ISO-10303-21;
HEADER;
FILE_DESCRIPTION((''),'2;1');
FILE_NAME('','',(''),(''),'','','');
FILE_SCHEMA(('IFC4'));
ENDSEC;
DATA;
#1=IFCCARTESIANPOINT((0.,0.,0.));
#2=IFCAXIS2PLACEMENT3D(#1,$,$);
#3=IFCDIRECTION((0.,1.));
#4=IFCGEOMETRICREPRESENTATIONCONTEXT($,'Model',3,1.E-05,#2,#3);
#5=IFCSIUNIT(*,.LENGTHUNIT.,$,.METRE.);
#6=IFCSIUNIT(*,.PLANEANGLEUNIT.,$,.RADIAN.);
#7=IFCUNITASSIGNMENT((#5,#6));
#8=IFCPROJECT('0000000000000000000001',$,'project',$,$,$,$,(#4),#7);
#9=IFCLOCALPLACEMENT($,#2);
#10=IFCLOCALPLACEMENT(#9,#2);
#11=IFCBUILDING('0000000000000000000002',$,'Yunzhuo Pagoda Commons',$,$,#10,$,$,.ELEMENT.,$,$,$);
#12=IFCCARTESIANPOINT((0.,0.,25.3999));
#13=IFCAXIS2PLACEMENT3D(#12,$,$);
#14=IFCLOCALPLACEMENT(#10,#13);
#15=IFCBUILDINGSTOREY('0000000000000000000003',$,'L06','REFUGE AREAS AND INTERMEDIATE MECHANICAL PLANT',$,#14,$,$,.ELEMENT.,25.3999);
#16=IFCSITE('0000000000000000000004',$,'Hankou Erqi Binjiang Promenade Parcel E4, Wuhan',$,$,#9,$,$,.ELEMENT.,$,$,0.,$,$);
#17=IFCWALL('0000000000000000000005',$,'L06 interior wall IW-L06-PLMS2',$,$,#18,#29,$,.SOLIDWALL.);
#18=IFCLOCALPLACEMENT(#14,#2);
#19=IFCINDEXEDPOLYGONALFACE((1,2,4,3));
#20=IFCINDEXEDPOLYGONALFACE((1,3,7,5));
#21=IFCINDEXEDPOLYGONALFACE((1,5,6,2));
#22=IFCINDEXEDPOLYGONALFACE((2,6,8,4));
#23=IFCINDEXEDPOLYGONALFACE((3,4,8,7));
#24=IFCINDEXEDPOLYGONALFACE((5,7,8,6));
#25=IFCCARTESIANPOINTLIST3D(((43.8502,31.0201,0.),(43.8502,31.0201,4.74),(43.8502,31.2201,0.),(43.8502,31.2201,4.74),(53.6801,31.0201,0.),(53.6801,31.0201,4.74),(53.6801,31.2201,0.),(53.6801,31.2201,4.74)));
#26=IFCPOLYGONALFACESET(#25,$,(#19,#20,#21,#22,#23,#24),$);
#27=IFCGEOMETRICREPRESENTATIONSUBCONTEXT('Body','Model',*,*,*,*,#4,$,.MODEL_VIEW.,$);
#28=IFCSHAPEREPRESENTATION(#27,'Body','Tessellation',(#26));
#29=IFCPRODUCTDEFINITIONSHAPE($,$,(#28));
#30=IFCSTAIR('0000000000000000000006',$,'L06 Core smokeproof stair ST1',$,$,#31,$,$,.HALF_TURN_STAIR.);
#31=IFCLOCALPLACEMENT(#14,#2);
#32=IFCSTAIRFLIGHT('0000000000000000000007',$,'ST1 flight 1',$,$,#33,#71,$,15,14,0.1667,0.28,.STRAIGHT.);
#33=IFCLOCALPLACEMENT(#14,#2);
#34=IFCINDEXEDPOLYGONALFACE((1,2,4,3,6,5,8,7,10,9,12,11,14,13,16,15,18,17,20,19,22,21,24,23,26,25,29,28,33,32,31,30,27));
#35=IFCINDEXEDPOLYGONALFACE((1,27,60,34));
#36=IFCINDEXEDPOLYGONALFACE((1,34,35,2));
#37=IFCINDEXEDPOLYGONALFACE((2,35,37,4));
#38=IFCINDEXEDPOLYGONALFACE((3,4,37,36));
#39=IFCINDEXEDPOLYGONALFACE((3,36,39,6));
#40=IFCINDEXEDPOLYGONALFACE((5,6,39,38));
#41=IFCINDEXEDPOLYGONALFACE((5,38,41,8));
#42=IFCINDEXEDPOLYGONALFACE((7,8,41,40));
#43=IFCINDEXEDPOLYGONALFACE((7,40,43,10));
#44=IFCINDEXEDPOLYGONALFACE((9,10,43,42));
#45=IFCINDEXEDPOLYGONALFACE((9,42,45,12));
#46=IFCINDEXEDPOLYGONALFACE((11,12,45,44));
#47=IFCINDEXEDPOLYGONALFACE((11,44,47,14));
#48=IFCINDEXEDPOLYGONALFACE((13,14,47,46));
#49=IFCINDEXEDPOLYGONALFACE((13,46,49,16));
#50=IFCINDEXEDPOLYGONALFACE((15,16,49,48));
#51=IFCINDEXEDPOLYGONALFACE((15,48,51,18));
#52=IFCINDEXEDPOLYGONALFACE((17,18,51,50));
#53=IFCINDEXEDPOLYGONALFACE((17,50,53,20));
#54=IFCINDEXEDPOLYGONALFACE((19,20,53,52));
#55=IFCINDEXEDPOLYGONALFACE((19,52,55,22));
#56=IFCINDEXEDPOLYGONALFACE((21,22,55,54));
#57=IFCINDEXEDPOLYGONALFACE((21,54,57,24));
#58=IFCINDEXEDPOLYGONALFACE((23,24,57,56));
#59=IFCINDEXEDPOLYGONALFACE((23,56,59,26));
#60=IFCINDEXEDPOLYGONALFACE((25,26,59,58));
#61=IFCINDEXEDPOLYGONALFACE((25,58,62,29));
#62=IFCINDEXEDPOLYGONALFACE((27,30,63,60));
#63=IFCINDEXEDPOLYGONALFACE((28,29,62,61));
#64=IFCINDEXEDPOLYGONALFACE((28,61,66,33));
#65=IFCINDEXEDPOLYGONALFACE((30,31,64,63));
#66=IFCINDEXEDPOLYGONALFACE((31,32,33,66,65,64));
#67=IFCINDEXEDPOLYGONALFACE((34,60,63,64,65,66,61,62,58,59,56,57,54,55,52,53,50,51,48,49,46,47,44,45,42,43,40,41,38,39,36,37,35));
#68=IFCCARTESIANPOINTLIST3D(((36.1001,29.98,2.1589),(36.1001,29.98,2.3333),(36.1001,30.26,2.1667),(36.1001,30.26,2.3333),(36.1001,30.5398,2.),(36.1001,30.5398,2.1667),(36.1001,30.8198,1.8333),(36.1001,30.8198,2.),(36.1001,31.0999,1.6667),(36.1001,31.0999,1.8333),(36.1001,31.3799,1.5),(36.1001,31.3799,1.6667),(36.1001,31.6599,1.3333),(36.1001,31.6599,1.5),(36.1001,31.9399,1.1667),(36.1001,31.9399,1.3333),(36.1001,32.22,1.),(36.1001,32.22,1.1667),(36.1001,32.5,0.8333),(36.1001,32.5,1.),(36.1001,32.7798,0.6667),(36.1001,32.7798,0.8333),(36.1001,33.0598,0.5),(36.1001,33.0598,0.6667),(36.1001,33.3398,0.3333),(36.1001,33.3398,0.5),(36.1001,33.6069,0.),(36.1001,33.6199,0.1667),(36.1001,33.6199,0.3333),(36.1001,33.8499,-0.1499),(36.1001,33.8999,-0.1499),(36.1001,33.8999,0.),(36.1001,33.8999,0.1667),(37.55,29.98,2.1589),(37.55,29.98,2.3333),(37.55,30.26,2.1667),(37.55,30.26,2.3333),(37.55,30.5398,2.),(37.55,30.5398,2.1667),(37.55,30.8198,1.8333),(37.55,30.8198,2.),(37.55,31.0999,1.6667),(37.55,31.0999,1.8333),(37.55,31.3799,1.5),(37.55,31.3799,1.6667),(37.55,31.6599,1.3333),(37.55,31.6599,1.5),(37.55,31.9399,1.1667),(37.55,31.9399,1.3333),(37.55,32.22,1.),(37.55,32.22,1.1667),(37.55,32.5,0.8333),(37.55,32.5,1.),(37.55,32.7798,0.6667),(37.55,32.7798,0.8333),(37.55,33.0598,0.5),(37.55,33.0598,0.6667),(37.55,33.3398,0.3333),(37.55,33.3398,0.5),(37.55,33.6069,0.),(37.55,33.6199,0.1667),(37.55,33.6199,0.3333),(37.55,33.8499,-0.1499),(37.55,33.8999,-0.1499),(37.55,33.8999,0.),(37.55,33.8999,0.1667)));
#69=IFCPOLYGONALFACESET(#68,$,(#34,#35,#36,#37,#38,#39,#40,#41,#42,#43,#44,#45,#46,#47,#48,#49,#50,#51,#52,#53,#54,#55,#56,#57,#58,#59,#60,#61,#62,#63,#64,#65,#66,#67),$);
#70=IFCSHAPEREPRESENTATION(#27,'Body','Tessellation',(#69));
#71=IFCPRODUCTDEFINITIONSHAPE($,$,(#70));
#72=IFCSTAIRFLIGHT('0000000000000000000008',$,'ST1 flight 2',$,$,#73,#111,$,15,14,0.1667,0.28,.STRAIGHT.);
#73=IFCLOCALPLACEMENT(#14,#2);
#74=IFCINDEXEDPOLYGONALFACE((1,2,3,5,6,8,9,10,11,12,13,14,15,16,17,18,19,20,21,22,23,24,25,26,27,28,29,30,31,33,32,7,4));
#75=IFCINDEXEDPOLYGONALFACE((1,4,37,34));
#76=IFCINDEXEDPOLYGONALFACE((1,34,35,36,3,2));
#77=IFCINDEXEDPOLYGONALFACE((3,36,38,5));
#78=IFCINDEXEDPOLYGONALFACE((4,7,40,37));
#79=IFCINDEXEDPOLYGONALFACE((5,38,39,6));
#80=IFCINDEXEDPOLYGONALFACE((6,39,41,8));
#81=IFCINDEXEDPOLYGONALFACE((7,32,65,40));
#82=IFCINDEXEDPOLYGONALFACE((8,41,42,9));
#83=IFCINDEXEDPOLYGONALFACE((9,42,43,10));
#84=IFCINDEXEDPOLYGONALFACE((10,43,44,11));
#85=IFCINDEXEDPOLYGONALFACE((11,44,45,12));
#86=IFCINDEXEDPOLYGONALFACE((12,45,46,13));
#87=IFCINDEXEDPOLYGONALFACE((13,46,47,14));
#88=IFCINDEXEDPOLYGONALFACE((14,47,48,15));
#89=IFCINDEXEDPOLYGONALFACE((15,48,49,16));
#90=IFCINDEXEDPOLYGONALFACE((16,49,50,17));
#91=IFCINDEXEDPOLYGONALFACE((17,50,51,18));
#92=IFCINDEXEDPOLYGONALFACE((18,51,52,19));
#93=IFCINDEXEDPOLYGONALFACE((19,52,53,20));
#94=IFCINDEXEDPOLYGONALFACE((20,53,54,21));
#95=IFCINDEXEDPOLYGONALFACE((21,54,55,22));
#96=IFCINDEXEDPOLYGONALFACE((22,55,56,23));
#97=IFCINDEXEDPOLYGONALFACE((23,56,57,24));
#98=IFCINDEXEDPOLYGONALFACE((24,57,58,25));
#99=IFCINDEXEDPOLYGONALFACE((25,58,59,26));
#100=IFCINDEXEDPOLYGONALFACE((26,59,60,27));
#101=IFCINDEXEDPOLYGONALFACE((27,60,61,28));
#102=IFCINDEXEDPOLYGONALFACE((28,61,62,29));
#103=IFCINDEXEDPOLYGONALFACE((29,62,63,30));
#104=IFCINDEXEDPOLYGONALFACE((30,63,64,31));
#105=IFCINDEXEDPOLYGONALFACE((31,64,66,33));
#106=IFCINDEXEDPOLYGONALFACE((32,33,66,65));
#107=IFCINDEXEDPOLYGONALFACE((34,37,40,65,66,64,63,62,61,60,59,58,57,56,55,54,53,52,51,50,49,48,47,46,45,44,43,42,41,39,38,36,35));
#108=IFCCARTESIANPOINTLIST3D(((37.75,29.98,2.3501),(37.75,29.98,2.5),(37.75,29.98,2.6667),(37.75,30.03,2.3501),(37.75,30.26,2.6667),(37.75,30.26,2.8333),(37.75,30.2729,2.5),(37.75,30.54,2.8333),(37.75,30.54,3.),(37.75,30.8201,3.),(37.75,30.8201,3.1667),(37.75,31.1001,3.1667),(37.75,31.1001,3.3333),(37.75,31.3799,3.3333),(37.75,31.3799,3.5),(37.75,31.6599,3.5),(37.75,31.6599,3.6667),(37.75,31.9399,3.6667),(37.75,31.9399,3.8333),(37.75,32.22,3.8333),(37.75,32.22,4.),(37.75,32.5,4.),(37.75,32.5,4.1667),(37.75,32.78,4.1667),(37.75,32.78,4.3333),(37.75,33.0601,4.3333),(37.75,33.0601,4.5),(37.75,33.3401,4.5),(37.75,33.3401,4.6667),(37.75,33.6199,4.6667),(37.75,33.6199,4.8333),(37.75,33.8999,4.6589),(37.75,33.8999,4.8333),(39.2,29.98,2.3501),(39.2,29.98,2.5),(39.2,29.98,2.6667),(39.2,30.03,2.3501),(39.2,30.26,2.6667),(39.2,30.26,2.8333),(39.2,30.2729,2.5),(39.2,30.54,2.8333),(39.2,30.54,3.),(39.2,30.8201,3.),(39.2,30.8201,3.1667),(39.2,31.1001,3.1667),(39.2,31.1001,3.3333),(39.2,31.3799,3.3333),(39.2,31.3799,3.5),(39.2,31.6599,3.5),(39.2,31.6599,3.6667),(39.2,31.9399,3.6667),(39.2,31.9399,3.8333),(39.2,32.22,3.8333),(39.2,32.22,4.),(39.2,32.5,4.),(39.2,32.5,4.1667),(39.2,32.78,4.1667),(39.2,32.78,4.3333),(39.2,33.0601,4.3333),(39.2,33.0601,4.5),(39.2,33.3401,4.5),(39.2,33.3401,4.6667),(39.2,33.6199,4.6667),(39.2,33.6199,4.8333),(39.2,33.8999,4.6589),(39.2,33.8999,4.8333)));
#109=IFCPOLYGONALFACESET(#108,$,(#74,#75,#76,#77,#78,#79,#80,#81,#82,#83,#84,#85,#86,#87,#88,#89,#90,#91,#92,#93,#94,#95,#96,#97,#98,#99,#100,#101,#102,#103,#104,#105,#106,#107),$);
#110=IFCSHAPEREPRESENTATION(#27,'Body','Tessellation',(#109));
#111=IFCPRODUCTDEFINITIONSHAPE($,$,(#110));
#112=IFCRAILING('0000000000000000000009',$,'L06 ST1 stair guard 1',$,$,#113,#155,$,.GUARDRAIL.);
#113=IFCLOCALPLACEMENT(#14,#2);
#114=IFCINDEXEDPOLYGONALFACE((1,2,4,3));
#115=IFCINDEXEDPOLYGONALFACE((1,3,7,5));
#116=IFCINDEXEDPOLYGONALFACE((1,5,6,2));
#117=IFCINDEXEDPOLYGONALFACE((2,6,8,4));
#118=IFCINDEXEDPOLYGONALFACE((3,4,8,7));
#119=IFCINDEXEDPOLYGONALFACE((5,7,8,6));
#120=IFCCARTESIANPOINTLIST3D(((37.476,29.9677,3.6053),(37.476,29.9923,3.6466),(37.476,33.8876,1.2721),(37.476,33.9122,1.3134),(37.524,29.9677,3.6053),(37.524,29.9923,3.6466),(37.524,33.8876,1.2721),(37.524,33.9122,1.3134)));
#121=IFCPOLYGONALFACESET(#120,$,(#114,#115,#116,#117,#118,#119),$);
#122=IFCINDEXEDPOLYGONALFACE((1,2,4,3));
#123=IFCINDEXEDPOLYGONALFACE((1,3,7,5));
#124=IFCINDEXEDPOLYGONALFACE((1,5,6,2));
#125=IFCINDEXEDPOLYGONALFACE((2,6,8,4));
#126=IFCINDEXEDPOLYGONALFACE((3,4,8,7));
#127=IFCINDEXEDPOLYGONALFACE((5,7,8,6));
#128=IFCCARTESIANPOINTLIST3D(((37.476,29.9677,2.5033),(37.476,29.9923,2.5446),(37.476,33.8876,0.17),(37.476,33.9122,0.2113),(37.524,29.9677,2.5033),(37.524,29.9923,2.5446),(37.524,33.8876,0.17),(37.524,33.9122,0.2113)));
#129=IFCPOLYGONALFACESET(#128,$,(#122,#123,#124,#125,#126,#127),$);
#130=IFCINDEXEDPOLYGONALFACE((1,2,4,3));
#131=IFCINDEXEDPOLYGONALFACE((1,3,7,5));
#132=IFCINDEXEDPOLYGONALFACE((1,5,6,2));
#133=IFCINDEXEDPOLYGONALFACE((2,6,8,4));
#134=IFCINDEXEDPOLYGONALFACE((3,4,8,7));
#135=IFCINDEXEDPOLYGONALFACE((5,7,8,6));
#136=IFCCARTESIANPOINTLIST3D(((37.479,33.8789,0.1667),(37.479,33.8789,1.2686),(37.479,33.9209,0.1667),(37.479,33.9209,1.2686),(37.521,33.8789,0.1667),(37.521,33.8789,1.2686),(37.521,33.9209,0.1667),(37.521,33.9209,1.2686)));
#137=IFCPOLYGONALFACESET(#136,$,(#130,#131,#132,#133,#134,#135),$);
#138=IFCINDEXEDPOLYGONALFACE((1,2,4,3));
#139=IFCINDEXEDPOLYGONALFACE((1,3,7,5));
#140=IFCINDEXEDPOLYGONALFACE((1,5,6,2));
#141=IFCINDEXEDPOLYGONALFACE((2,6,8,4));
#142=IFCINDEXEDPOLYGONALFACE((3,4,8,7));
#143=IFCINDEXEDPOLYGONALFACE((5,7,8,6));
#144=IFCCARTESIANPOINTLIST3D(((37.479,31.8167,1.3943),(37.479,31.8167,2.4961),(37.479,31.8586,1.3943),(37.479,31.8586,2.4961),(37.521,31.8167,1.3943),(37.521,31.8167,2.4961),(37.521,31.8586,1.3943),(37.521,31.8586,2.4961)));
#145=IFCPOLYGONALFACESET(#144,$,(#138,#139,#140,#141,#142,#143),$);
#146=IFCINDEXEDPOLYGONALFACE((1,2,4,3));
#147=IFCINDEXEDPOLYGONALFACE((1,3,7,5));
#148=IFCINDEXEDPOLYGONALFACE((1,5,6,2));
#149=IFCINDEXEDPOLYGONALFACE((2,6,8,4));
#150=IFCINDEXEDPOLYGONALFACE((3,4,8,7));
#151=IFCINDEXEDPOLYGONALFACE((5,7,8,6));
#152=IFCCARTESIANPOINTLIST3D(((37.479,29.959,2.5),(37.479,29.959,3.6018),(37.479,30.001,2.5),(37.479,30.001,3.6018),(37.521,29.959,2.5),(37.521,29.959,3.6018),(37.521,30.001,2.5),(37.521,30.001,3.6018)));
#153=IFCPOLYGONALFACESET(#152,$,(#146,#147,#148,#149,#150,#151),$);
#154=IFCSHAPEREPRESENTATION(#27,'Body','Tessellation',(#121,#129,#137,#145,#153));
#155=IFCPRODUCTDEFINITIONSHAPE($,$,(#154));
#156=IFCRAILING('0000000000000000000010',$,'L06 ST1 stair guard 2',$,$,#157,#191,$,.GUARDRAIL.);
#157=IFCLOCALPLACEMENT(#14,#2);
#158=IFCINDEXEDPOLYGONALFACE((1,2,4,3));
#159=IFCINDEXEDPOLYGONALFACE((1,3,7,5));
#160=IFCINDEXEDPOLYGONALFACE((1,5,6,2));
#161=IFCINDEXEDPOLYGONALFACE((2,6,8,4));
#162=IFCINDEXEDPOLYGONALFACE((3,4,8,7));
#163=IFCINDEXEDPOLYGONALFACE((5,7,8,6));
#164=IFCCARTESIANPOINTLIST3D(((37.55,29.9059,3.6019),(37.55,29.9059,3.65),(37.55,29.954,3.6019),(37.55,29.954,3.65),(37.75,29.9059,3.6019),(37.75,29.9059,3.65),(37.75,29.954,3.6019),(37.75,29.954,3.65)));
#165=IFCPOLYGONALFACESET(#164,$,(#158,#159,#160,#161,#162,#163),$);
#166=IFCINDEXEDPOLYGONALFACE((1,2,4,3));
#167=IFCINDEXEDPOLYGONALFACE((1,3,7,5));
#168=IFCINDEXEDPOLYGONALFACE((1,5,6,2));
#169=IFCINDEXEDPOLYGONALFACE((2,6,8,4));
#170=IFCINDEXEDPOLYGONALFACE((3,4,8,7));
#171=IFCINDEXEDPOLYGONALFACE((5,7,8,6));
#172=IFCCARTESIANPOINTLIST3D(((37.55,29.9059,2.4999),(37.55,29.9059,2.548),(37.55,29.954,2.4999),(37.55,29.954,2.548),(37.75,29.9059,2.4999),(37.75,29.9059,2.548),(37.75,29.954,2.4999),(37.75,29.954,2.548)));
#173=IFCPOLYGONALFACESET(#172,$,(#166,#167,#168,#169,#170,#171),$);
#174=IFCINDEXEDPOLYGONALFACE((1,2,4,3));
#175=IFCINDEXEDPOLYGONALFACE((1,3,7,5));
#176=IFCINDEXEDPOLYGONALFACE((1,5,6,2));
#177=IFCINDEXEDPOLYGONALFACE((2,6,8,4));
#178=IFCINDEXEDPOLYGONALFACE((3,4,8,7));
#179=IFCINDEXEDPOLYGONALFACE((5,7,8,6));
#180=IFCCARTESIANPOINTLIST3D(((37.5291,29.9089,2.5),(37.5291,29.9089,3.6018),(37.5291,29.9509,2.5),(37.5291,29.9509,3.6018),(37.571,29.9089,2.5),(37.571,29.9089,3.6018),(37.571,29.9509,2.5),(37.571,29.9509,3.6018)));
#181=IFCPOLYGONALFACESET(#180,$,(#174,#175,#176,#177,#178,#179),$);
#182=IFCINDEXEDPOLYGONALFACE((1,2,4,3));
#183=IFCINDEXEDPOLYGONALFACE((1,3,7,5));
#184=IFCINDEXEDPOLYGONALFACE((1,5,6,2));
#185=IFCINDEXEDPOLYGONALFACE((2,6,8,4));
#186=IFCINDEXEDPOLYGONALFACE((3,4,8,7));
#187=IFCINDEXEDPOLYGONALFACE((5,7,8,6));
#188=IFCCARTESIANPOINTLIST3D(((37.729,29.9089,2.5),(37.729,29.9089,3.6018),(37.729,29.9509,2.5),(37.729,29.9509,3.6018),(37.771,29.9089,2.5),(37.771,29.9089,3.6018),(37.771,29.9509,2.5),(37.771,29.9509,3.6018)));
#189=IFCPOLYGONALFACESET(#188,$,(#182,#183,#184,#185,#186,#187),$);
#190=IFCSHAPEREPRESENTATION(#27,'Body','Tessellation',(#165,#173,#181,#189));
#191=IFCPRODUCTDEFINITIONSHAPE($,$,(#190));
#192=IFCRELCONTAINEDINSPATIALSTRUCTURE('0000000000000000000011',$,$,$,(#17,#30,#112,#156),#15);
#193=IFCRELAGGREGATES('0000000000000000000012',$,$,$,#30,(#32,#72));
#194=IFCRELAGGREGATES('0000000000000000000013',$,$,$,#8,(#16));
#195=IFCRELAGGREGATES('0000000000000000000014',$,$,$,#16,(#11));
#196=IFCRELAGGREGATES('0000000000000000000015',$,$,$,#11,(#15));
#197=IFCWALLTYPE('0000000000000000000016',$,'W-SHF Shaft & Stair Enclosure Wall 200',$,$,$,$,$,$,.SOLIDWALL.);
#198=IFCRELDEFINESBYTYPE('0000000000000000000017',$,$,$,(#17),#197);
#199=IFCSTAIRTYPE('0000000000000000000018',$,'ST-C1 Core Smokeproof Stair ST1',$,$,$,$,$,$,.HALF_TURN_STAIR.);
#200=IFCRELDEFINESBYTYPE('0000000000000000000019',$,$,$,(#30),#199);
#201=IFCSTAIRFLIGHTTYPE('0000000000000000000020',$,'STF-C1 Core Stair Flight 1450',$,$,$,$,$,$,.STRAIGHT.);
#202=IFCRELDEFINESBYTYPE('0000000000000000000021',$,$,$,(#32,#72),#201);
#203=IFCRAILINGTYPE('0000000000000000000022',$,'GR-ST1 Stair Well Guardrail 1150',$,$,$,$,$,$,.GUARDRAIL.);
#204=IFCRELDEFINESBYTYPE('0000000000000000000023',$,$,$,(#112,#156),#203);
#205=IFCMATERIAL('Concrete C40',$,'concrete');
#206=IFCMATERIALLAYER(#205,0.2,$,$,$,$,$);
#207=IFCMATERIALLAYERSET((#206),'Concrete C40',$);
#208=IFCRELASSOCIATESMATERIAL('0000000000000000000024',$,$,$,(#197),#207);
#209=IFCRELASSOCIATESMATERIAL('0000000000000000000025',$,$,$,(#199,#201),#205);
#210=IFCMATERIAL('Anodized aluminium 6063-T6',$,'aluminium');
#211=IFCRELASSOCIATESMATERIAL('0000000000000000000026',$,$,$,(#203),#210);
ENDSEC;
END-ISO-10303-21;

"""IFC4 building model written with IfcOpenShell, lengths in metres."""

from ifc_helpers import new_model, si_unit, direction, frame, frame_2d, origin, origin_2d, place, context, subcontext, project, spatial, polyline, rectangle, outline, extrude, source, transform, mapped, material, layer, layer_set, type_object, element, aggregate, save


model = new_model("IFC4")

# Units and contexts
model_context = context("Model", 3, precision=1e-05, world=origin(), true_north=direction((0.0, 1.0)))
body_context = subcontext(model_context, "Body", "Model", "MODEL_VIEW")
ifc_project = project(units=[si_unit("LENGTHUNIT", "METRE"), si_unit("PLANEANGLEUNIT", "RADIAN")], contexts=[model_context])

# Site, building, storey
site_placement = place(None, origin())
site = spatial("IfcSite", under=ifc_project, at=site_placement, Name="Hankou Erqi Binjiang Promenade Parcel E4, Wuhan", CompositionType="ELEMENT", RefElevation=0.0)
building_placement = place(site_placement, origin())
building = spatial("IfcBuilding", under=site, at=building_placement, Name="Yunzhuo Pagoda Commons", CompositionType="ELEMENT")
storey_placement = place(building_placement, frame((0.0, 0.0, 25.3999)))
storey = spatial("IfcBuildingStorey", under=building, at=storey_placement, Name="L06", Description="REFUGE AREAS AND INTERMEDIATE MECHANICAL PLANT", CompositionType="ELEMENT", Elevation=25.3999)

# Shared definitions
ifc_material_1 = material(Name="Concrete C40", Category="concrete")
ifc_layer_1 = layer(ifc_material_1, 0.2)
ifc_layer_set_1 = layer_set([ifc_layer_1], Name="Concrete C40")
wall_type_1 = type_object("IfcWallType", Name="W-SHF Shaft & Stair Enclosure Wall 200", PredefinedType="SOLIDWALL", material=ifc_layer_set_1)

# Wall
wall_1_placement = place(storey_placement, frame((43.8501, 31.1201, 0.0), z_axis=(0.0, 0.0, 1.0), x_axis=(1.0, 0.0, 0.0)))
element("IfcWall", 1, at=wall_1_placement, inside=storey, type_object=wall_type_1, Name="L06 interior wall IW-L06-PLMS2", PredefinedType="SOLIDWALL", context=body_context, shape_type="SweptSolid", body=[
    extrude(rectangle(XDim=9.8298, YDim=0.2, at=frame_2d((4.915, 0.0))), origin(), (0.0, 0.0, 1.0), 4.74),
])

# Stair, stair flights
stair_type = type_object("IfcStairType", Name="ST-C1 Core Smokeproof Stair ST1", PredefinedType="HALF_TURN_STAIR", material=ifc_material_1)
stair_placement = place(storey_placement, origin())
stair = element("IfcStair", 2, at=stair_placement, inside=storey, type_object=stair_type, Name="L06 Core smokeproof stair ST1", PredefinedType="HALF_TURN_STAIR")
stair_flight_type = type_object("IfcStairFlightType", Name="STF-C1 Core Stair Flight 1450", PredefinedType="STRAIGHT", material=ifc_material_1)
shared_shape_1 = source(origin(), body_context, "Body", "SweptSolid", [
    extrude(outline(polyline([(0.0, -0.1499), (0.0, 0.0), (0.0, 0.1667), (0.28, 0.1667), (0.28, 0.3333), (0.5601, 0.3333), (0.5601, 0.5), (0.8401, 0.5), (0.8401, 0.6667), (1.1201, 0.6667), (1.1201, 0.8333), (1.3999, 0.8333), (1.3999, 1.0), (1.6799, 1.0), (1.6799, 1.1667), (1.96, 1.1667), (1.96, 1.3333), (2.24, 1.3333), (2.24, 1.5), (2.52, 1.5), (2.52, 1.6667), (2.8, 1.6667), (2.8, 1.8333), (3.0801, 1.8333), (3.0801, 2.0), (3.3601, 2.0), (3.3601, 2.1667), (3.6399, 2.1667), (3.6399, 2.3333), (3.9199, 2.3333), (3.9199, 2.5), (3.9199, 2.1589), (0.293, 0.0), (0.05, -0.1499), (0.0, -0.1499)])), frame((0.0, 0.7251, 0.0), z_axis=(0.0, -1.0, 0.0), x_axis=(1.0, 0.0, 0.0)), (0.0, 0.0, 1.0), 1.45),
])
stair_flight_1_placement = place(storey_placement, frame((36.825, 33.8999, 0.0), z_axis=(0.0, 0.0, 1.0), x_axis=(0.0, -1.0, 0.0)))
stair_flight_1 = element("IfcStairFlight", 3, at=stair_flight_1_placement, type_object=stair_flight_type, Name="ST1 flight 1", NumberOfRisers=15, NumberOfTreads=14, PredefinedType="STRAIGHT", RiserHeight=0.1667, TreadLength=0.28, context=body_context, shape_type="MappedRepresentation", body=[
    mapped(shared_shape_1, transform((0.0, 0.0, 0.0), scale=1.0)),
])
stair_flight_2_placement = place(storey_placement, frame((38.4751, 29.98, 2.5), z_axis=(0.0, 0.0, 1.0), x_axis=(0.0, 1.0, 0.0)))
stair_flight_2 = element("IfcStairFlight", 4, at=stair_flight_2_placement, type_object=stair_flight_type, Name="ST1 flight 2", NumberOfRisers=15, NumberOfTreads=14, PredefinedType="STRAIGHT", RiserHeight=0.1667, TreadLength=0.28, context=body_context, shape_type="MappedRepresentation", body=[
    mapped(shared_shape_1, transform((0.0, 0.0, 0.0), scale=1.0)),
])
aggregate(stair, [stair_flight_1, stair_flight_2])

# Railings
ifc_material_2 = material(Name="Anodized aluminium 6063-T6", Category="aluminium")
railing_type_1 = type_object("IfcRailingType", Name="GR-ST1 Stair Well Guardrail 1150", PredefinedType="GUARDRAIL", material=ifc_material_2)
railing_1_placement = place(storey_placement, frame((37.5, 33.8999, 0.1667)))
element("IfcRailing", 5, at=railing_1_placement, inside=storey, type_object=railing_type_1, Name="L06 ST1 stair guard 1", PredefinedType="GUARDRAIL", context=body_context, shape_type="SweptSolid", body=[
    extrude(rectangle(XDim=0.0481, YDim=0.0481, at=origin_2d()), frame((0.0, 0.0, 1.126), z_axis=(0.0, -0.859296, 0.511478), x_axis=(1.0, 0.0, 0.0)), (0.0, 0.0, 1.0), 4.5618),
    extrude(rectangle(XDim=0.0481, YDim=0.0481, at=origin_2d()), frame((0.0, 0.0, 0.0239), z_axis=(0.0, -0.859296, 0.511478), x_axis=(1.0, 0.0, 0.0)), (0.0, 0.0, 1.0), 4.5618),
    extrude(rectangle(XDim=0.042, YDim=0.042, at=origin_2d()), origin(), (0.0, 0.0, 1.0), 1.1018),
    extrude(rectangle(XDim=0.042, YDim=0.042, at=origin_2d()), frame((0.0, -2.0623, 1.2275)), (0.0, 0.0, 1.0), 1.1018),
    extrude(rectangle(XDim=0.042, YDim=0.042, at=origin_2d()), frame((0.0, -3.9199, 2.3333)), (0.0, 0.0, 1.0), 1.1018),
])
railing_2_placement = place(storey_placement, frame((37.55, 29.9299, 2.5)))
element("IfcRailing", 6, at=railing_2_placement, inside=storey, type_object=railing_type_1, Name="L06 ST1 stair guard 2", PredefinedType="GUARDRAIL", context=body_context, shape_type="SweptSolid", body=[
    extrude(rectangle(XDim=0.0481, YDim=0.0481, at=origin_2d()), frame((0.0, 0.0, 1.126), z_axis=(1.0, 0.0, 0.0), x_axis=(0.0, 1.0, 0.0)), (0.0, 0.0, 1.0), 0.2),
    extrude(rectangle(XDim=0.0481, YDim=0.0481, at=origin_2d()), frame((0.0, 0.0, 0.0239), z_axis=(1.0, 0.0, 0.0), x_axis=(0.0, 1.0, 0.0)), (0.0, 0.0, 1.0), 0.2),
    extrude(rectangle(XDim=0.042, YDim=0.042, at=origin_2d()), origin(), (0.0, 0.0, 1.0), 1.1018),
    extrude(rectangle(XDim=0.042, YDim=0.042, at=origin_2d()), frame((0.2, 0.0, 0.0)), (0.0, 0.0, 1.0), 1.1018),
])

save(model, "model.ifc")
